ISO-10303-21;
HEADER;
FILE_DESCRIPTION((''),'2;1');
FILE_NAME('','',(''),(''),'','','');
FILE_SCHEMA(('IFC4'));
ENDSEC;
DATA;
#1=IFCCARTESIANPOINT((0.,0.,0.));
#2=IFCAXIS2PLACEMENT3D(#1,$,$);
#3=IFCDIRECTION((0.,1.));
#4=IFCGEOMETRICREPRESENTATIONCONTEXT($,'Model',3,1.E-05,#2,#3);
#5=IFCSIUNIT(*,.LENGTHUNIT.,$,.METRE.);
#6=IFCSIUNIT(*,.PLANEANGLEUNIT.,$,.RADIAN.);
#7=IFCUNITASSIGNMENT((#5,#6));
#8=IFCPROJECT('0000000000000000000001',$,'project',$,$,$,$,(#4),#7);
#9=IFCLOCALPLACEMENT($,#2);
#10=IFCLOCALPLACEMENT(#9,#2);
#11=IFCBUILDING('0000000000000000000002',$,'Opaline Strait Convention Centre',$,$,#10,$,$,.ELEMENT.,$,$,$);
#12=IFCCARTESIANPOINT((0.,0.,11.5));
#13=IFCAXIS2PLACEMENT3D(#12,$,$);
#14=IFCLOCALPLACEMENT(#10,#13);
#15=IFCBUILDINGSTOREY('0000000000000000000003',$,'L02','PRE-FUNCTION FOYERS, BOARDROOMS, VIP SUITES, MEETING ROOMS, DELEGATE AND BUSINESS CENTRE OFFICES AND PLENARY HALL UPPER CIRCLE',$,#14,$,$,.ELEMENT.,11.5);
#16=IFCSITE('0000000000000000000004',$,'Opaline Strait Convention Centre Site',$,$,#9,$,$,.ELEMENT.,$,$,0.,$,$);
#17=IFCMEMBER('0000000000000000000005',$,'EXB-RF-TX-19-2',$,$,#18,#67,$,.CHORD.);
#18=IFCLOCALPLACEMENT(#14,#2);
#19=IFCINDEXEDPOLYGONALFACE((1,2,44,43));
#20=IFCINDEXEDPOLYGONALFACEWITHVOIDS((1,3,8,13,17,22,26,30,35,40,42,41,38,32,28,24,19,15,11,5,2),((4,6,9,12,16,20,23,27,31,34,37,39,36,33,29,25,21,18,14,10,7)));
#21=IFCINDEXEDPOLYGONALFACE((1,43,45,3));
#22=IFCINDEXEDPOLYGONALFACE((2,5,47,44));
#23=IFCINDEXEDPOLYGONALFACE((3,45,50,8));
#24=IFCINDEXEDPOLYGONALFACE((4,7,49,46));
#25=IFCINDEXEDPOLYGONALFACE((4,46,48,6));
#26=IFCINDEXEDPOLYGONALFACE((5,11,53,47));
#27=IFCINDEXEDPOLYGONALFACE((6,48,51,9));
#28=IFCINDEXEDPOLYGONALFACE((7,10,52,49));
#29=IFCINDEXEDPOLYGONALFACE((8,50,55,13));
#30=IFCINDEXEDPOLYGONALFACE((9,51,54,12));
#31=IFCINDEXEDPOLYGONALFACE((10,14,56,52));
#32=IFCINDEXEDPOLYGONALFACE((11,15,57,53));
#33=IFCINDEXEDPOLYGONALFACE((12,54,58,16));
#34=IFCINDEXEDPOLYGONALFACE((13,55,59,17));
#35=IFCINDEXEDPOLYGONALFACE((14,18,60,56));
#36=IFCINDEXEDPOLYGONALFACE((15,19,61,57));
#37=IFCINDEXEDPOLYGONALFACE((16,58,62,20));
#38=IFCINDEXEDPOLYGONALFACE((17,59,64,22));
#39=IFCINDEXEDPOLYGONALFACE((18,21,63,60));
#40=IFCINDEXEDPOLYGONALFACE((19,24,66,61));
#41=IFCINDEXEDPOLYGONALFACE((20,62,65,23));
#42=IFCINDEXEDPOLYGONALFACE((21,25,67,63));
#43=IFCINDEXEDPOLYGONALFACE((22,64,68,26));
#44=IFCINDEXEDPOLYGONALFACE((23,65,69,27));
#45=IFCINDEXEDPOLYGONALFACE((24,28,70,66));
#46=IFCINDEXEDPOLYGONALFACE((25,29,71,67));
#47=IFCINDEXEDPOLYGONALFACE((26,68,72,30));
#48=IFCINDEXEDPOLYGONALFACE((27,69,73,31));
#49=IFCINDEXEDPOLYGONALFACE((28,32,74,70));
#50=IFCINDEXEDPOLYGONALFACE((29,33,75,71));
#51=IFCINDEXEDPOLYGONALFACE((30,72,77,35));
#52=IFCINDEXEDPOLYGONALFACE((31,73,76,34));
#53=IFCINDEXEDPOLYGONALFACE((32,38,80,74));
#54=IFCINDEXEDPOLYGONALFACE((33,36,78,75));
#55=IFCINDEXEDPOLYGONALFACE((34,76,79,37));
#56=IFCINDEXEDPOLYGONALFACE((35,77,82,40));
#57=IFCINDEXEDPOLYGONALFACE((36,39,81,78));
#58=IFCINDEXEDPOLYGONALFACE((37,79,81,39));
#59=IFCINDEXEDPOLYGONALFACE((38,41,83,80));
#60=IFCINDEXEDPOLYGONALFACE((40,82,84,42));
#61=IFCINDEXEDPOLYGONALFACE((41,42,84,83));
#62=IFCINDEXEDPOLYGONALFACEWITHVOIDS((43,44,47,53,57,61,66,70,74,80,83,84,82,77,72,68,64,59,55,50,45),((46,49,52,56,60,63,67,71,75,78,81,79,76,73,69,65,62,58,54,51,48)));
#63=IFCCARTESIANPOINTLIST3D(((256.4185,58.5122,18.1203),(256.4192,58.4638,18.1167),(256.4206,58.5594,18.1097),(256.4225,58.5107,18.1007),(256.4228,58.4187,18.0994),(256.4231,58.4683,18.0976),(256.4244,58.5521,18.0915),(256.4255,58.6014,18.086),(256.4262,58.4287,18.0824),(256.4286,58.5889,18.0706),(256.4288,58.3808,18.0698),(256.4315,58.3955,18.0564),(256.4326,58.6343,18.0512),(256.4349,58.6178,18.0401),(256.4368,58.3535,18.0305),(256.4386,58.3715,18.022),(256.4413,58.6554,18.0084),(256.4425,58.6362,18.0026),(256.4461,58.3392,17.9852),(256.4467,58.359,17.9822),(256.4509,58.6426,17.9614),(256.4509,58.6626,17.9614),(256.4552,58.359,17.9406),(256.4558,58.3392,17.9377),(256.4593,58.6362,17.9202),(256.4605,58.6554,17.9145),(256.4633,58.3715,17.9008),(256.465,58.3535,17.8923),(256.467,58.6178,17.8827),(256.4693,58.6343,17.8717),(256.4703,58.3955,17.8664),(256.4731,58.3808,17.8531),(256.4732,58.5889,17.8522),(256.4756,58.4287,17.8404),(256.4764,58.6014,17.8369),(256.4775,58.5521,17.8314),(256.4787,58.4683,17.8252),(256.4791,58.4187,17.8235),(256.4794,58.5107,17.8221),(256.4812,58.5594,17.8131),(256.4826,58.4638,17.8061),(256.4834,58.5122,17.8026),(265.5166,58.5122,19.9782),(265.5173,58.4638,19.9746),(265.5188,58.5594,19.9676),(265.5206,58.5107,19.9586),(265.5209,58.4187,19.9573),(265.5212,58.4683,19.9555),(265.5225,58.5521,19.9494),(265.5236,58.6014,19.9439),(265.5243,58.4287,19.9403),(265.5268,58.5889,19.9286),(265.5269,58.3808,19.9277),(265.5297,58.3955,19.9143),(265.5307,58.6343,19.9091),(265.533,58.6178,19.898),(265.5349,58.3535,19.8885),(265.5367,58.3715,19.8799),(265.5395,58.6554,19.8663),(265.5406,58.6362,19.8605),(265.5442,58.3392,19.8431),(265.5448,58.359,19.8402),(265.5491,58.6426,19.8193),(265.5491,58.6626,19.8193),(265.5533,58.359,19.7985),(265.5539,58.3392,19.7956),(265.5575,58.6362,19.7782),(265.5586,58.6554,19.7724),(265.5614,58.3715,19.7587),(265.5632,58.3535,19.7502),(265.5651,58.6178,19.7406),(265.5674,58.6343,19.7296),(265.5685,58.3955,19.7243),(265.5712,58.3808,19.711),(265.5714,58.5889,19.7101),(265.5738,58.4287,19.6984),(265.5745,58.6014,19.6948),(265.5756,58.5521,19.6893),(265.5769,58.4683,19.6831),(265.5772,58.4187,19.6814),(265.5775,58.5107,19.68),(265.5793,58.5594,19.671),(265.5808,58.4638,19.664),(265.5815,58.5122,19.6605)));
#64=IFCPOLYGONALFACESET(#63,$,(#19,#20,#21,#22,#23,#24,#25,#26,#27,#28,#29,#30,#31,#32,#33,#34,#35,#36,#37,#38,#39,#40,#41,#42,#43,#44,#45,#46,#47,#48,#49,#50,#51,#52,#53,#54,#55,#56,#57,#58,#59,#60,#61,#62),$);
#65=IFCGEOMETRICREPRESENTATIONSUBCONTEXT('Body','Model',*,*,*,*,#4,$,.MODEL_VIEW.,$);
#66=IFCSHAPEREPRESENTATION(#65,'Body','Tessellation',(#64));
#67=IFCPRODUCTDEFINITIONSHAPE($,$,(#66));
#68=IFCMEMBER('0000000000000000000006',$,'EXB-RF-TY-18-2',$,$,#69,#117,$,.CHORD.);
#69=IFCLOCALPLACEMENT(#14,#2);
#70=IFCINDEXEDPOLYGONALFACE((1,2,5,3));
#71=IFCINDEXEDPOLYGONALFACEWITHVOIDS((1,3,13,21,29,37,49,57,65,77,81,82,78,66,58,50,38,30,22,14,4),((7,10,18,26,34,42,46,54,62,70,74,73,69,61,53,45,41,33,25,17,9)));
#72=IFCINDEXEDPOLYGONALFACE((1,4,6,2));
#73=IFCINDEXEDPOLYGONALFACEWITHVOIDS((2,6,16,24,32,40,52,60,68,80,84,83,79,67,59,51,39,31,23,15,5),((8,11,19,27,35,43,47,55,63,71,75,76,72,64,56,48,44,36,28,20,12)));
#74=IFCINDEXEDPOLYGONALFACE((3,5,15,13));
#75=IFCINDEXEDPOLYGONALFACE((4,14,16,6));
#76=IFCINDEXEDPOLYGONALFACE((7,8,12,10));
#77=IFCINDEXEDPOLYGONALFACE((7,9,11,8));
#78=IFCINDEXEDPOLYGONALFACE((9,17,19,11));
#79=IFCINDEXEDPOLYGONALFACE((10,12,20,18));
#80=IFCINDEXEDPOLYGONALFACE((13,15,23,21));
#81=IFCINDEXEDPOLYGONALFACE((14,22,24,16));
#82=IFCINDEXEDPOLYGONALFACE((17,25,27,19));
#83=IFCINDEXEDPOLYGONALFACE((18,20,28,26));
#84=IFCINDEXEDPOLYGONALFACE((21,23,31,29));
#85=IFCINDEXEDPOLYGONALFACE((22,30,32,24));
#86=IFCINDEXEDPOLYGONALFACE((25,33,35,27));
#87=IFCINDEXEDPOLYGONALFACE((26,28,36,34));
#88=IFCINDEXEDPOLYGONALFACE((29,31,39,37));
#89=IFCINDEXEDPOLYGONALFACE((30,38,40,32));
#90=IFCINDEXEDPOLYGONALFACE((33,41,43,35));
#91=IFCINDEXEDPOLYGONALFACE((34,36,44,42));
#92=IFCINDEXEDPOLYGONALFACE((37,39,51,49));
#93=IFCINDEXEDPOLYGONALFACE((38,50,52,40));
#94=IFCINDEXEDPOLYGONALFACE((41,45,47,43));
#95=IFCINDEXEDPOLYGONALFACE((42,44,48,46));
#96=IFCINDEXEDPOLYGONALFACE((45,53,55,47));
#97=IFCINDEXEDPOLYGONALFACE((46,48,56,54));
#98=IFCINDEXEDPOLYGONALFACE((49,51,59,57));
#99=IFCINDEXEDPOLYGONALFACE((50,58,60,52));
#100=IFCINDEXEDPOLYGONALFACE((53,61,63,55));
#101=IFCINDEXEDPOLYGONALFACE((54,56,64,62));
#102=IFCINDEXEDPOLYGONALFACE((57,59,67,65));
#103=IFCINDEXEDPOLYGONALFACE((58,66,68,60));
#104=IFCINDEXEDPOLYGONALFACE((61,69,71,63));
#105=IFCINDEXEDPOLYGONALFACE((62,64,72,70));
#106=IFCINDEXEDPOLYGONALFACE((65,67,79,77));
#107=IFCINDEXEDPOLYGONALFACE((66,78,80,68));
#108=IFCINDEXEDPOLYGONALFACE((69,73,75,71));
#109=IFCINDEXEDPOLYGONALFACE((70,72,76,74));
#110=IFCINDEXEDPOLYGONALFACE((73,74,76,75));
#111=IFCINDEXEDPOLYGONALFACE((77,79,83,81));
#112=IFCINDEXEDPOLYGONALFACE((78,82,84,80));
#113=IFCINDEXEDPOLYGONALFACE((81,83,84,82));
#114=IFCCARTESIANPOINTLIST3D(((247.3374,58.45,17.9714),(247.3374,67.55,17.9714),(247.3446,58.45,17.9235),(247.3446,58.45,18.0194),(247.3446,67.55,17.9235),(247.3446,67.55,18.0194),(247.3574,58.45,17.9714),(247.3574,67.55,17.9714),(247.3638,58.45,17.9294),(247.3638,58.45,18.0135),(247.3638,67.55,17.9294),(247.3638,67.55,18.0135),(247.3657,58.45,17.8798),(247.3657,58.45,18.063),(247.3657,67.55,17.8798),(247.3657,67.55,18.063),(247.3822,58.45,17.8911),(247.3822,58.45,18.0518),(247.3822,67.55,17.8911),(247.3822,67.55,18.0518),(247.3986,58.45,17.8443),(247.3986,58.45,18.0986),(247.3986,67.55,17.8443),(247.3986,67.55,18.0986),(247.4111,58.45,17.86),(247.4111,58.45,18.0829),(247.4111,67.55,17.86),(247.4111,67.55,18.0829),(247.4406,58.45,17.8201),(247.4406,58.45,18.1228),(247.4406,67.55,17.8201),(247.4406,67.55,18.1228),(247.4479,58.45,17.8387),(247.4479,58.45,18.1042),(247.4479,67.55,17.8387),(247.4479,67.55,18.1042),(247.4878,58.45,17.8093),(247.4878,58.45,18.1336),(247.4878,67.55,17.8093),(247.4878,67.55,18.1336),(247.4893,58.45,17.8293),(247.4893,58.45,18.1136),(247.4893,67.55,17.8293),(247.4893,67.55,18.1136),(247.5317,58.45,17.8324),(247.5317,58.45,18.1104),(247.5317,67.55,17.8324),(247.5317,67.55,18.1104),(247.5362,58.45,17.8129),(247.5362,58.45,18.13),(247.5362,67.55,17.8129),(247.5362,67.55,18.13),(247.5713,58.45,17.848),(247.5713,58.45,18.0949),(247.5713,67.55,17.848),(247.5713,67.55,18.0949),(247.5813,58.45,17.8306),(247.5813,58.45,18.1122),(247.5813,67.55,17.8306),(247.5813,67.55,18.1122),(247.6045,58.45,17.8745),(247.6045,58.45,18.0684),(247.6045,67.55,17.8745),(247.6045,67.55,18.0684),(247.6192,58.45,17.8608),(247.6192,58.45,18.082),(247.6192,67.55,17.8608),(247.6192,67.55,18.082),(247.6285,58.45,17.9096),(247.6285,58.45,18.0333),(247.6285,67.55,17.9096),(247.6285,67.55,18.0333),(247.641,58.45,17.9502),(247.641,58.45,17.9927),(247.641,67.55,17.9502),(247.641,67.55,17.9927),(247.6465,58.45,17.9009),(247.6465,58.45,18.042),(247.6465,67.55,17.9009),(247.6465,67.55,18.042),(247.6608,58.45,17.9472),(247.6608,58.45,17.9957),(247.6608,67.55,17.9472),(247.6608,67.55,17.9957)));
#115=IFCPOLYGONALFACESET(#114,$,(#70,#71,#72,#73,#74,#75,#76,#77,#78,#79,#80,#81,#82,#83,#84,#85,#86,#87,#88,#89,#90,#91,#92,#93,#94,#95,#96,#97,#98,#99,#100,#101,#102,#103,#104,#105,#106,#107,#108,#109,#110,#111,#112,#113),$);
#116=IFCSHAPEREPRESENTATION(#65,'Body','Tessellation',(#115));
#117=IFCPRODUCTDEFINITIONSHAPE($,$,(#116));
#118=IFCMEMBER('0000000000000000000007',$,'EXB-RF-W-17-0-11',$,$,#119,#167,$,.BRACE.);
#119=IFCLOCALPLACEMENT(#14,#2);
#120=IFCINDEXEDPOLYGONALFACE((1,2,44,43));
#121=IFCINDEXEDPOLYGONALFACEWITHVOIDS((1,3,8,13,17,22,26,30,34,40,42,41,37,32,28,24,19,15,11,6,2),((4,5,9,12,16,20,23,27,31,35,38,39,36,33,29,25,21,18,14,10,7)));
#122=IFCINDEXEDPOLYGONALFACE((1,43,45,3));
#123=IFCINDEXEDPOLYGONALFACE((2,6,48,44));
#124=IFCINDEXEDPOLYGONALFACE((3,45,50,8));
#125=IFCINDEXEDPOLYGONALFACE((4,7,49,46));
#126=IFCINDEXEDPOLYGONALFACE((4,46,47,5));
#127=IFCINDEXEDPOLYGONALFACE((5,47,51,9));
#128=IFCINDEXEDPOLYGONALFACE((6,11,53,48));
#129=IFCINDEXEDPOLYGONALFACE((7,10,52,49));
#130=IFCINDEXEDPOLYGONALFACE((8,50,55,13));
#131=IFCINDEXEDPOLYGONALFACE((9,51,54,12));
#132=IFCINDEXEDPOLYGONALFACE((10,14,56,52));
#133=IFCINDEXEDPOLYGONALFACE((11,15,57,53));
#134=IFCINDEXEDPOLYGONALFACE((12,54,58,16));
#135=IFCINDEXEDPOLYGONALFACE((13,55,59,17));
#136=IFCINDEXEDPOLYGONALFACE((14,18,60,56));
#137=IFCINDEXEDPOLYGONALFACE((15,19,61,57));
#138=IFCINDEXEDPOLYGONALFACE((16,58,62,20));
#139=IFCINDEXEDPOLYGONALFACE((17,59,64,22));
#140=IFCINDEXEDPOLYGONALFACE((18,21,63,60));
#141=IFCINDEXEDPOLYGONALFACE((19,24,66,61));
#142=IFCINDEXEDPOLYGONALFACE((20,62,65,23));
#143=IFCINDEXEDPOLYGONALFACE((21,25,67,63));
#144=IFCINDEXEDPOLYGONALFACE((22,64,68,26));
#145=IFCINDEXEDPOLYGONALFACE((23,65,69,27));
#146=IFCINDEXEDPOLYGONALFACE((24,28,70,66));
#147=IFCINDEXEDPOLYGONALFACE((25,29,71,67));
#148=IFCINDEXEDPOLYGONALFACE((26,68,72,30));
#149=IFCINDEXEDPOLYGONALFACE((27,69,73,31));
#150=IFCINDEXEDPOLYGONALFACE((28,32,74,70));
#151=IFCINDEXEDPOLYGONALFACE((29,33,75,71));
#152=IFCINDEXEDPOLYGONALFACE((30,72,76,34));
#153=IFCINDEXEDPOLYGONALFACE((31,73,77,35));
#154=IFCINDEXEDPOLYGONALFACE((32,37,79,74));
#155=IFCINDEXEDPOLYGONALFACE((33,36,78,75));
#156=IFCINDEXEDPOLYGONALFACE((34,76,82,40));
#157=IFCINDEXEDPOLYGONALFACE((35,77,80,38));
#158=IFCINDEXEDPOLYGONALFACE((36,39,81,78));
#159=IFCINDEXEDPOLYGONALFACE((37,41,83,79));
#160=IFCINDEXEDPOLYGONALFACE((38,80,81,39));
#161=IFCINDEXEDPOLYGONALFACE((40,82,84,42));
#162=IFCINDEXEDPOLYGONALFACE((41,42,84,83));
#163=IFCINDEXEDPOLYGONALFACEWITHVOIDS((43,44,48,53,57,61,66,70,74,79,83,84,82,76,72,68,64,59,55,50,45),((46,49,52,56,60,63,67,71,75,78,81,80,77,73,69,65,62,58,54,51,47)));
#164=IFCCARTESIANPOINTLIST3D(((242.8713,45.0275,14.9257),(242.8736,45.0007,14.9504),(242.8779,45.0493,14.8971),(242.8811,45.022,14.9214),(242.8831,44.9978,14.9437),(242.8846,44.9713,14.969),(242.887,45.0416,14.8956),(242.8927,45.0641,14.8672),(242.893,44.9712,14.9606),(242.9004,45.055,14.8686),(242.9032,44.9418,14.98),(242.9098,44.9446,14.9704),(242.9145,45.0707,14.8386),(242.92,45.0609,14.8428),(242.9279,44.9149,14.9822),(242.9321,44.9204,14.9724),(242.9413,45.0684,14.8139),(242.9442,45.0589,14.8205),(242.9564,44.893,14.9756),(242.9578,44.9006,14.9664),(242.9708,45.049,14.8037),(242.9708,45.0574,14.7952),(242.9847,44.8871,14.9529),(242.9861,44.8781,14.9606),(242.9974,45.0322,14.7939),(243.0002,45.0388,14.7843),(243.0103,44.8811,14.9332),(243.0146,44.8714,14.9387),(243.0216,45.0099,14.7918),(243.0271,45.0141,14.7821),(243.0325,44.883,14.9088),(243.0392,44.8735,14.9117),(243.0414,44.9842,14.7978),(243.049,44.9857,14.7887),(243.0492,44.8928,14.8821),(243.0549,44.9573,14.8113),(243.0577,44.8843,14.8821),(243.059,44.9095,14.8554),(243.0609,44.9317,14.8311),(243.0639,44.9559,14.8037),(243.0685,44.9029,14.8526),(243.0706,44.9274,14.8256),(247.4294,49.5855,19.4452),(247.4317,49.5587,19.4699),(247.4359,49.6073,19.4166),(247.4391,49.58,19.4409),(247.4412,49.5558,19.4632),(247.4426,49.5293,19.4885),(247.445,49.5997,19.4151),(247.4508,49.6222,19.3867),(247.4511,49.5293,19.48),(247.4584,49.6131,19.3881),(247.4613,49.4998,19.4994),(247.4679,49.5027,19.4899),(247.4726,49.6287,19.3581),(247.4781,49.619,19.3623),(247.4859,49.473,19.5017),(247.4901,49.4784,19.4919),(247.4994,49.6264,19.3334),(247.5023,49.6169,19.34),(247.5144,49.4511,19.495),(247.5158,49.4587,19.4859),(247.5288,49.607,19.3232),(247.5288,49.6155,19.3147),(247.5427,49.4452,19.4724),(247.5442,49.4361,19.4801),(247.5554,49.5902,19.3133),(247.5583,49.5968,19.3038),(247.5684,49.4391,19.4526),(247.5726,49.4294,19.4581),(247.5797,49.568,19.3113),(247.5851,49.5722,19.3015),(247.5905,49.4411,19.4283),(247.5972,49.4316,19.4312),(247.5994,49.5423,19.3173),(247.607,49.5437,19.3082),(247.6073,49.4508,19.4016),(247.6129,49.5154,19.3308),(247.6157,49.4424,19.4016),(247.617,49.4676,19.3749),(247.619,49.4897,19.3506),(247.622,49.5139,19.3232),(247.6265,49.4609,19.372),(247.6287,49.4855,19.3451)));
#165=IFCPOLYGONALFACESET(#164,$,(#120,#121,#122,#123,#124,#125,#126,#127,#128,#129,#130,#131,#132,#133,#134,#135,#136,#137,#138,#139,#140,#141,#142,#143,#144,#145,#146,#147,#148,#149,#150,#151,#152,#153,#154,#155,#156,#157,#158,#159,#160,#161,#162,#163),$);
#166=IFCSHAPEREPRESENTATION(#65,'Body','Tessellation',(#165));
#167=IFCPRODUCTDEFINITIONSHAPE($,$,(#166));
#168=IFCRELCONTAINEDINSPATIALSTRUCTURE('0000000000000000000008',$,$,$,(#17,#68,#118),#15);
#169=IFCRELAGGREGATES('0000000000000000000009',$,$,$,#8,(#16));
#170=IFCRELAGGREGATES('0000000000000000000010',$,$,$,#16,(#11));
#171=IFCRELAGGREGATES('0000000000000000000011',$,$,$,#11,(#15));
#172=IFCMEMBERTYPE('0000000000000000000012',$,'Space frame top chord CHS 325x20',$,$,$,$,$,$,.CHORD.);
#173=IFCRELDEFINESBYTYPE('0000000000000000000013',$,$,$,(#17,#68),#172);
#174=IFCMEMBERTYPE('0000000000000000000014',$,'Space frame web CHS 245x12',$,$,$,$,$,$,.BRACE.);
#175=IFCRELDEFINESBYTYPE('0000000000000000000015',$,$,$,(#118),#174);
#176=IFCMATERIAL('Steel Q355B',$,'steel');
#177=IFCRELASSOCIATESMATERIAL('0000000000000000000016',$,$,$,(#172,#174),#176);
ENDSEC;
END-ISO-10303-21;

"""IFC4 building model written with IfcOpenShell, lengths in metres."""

from ifc_helpers import new_model, si_unit, direction, frame, origin, origin_2d, place, context, subcontext, project, spatial, hollow_circle, extrude, material, material_profile, profile_set, type_object, element, save


model = new_model("IFC4")

# Units and contexts
model_context = context("Model", 3, precision=1e-05, world=origin(), true_north=direction((0.0, 1.0)))
body_context = subcontext(model_context, "Body", "Model", "MODEL_VIEW")
ifc_project = project(units=[si_unit("LENGTHUNIT", "METRE"), si_unit("PLANEANGLEUNIT", "RADIAN")], contexts=[model_context])

# Site, building, storey
site_placement = place(None, origin())
site = spatial("IfcSite", under=ifc_project, at=site_placement, Name="Opaline Strait Convention Centre Site", CompositionType="ELEMENT", RefElevation=0.0)
building_placement = place(site_placement, origin())
building = spatial("IfcBuilding", under=site, at=building_placement, Name="Opaline Strait Convention Centre", CompositionType="ELEMENT")
storey_placement = place(building_placement, frame((0.0, 0.0, 11.5)))
storey = spatial("IfcBuildingStorey", under=building, at=storey_placement, Name="L02", Description="PRE-FUNCTION FOYERS, BOARDROOMS, VIP SUITES, MEETING ROOMS, DELEGATE AND BUSINESS CENTRE OFFICES AND PLENARY HALL UPPER CIRCLE", CompositionType="ELEMENT", Elevation=11.5)

# Members
ifc_material_1 = material(Name="Steel Q355B", Category="steel")
ifc_material_profile_1 = material_profile(ifc_material_1, hollow_circle(Radius=0.1626, WallThickness=0.02, at=origin_2d()), Name="CHS 325x20")
ifc_profile_set_1 = profile_set([ifc_material_profile_1], Name="Steel Q355B")
member_type_1 = type_object("IfcMemberType", Name="Space frame top chord CHS 325x20", PredefinedType="CHORD", material=ifc_profile_set_1)
member_1_placement = place(storey_placement, frame((256.4509, 58.5, 17.9614), z_axis=(0.97978, 0.0, 0.200078), x_axis=(0.0, 1.0, 0.0)))
element("IfcMember", 1, at=member_1_placement, inside=storey, type_object=member_type_1, Name="EXB-RF-TX-19-2", PredefinedType="CHORD", context=body_context, shape_type="SweptSolid", body=[
    extrude(hollow_circle(Radius=0.1626, WallThickness=0.02, at=origin_2d()), origin(), (0.0, 0.0, 1.0), 9.2859),
])
member_2_placement = place(storey_placement, frame((247.5, 58.45, 17.9714), z_axis=(0.0, 1.0, 0.0), x_axis=(-1.0, 0.0, 0.0)))
element("IfcMember", 2, at=member_2_placement, inside=storey, type_object=member_type_1, Name="EXB-RF-TY-18-2", PredefinedType="CHORD", context=body_context, shape_type="SweptSolid", body=[
    extrude(hollow_circle(Radius=0.1626, WallThickness=0.02, at=origin_2d()), origin(), (0.0, 0.0, 1.0), 9.1001),
])
ifc_material_profile_2 = material_profile(ifc_material_1, hollow_circle(Radius=0.1226, WallThickness=0.012, at=origin_2d()), Name="CHS 245x12")
ifc_profile_set_2 = profile_set([ifc_material_profile_2], Name="Steel Q355B")
member_type_2 = type_object("IfcMemberType", Name="Space frame web CHS 245x12", PredefinedType="BRACE", material=ifc_profile_set_2)
member_3_placement = place(storey_placement, frame((247.5291, 49.5291, 19.4016), z_axis=(-0.578979, -0.578979, -0.574079), x_axis=(0.707107, -0.707107, 0.0)))
element("IfcMember", 3, at=member_3_placement, inside=storey, type_object=member_type_2, Name="EXB-RF-W-17-0-11", PredefinedType="BRACE", context=body_context, shape_type="SweptSolid", body=[
    extrude(hollow_circle(Radius=0.1226, WallThickness=0.012, at=origin_2d()), origin(), (0.0, 0.0, 1.0), 7.8726),
])

save(model, "model.ifc")
